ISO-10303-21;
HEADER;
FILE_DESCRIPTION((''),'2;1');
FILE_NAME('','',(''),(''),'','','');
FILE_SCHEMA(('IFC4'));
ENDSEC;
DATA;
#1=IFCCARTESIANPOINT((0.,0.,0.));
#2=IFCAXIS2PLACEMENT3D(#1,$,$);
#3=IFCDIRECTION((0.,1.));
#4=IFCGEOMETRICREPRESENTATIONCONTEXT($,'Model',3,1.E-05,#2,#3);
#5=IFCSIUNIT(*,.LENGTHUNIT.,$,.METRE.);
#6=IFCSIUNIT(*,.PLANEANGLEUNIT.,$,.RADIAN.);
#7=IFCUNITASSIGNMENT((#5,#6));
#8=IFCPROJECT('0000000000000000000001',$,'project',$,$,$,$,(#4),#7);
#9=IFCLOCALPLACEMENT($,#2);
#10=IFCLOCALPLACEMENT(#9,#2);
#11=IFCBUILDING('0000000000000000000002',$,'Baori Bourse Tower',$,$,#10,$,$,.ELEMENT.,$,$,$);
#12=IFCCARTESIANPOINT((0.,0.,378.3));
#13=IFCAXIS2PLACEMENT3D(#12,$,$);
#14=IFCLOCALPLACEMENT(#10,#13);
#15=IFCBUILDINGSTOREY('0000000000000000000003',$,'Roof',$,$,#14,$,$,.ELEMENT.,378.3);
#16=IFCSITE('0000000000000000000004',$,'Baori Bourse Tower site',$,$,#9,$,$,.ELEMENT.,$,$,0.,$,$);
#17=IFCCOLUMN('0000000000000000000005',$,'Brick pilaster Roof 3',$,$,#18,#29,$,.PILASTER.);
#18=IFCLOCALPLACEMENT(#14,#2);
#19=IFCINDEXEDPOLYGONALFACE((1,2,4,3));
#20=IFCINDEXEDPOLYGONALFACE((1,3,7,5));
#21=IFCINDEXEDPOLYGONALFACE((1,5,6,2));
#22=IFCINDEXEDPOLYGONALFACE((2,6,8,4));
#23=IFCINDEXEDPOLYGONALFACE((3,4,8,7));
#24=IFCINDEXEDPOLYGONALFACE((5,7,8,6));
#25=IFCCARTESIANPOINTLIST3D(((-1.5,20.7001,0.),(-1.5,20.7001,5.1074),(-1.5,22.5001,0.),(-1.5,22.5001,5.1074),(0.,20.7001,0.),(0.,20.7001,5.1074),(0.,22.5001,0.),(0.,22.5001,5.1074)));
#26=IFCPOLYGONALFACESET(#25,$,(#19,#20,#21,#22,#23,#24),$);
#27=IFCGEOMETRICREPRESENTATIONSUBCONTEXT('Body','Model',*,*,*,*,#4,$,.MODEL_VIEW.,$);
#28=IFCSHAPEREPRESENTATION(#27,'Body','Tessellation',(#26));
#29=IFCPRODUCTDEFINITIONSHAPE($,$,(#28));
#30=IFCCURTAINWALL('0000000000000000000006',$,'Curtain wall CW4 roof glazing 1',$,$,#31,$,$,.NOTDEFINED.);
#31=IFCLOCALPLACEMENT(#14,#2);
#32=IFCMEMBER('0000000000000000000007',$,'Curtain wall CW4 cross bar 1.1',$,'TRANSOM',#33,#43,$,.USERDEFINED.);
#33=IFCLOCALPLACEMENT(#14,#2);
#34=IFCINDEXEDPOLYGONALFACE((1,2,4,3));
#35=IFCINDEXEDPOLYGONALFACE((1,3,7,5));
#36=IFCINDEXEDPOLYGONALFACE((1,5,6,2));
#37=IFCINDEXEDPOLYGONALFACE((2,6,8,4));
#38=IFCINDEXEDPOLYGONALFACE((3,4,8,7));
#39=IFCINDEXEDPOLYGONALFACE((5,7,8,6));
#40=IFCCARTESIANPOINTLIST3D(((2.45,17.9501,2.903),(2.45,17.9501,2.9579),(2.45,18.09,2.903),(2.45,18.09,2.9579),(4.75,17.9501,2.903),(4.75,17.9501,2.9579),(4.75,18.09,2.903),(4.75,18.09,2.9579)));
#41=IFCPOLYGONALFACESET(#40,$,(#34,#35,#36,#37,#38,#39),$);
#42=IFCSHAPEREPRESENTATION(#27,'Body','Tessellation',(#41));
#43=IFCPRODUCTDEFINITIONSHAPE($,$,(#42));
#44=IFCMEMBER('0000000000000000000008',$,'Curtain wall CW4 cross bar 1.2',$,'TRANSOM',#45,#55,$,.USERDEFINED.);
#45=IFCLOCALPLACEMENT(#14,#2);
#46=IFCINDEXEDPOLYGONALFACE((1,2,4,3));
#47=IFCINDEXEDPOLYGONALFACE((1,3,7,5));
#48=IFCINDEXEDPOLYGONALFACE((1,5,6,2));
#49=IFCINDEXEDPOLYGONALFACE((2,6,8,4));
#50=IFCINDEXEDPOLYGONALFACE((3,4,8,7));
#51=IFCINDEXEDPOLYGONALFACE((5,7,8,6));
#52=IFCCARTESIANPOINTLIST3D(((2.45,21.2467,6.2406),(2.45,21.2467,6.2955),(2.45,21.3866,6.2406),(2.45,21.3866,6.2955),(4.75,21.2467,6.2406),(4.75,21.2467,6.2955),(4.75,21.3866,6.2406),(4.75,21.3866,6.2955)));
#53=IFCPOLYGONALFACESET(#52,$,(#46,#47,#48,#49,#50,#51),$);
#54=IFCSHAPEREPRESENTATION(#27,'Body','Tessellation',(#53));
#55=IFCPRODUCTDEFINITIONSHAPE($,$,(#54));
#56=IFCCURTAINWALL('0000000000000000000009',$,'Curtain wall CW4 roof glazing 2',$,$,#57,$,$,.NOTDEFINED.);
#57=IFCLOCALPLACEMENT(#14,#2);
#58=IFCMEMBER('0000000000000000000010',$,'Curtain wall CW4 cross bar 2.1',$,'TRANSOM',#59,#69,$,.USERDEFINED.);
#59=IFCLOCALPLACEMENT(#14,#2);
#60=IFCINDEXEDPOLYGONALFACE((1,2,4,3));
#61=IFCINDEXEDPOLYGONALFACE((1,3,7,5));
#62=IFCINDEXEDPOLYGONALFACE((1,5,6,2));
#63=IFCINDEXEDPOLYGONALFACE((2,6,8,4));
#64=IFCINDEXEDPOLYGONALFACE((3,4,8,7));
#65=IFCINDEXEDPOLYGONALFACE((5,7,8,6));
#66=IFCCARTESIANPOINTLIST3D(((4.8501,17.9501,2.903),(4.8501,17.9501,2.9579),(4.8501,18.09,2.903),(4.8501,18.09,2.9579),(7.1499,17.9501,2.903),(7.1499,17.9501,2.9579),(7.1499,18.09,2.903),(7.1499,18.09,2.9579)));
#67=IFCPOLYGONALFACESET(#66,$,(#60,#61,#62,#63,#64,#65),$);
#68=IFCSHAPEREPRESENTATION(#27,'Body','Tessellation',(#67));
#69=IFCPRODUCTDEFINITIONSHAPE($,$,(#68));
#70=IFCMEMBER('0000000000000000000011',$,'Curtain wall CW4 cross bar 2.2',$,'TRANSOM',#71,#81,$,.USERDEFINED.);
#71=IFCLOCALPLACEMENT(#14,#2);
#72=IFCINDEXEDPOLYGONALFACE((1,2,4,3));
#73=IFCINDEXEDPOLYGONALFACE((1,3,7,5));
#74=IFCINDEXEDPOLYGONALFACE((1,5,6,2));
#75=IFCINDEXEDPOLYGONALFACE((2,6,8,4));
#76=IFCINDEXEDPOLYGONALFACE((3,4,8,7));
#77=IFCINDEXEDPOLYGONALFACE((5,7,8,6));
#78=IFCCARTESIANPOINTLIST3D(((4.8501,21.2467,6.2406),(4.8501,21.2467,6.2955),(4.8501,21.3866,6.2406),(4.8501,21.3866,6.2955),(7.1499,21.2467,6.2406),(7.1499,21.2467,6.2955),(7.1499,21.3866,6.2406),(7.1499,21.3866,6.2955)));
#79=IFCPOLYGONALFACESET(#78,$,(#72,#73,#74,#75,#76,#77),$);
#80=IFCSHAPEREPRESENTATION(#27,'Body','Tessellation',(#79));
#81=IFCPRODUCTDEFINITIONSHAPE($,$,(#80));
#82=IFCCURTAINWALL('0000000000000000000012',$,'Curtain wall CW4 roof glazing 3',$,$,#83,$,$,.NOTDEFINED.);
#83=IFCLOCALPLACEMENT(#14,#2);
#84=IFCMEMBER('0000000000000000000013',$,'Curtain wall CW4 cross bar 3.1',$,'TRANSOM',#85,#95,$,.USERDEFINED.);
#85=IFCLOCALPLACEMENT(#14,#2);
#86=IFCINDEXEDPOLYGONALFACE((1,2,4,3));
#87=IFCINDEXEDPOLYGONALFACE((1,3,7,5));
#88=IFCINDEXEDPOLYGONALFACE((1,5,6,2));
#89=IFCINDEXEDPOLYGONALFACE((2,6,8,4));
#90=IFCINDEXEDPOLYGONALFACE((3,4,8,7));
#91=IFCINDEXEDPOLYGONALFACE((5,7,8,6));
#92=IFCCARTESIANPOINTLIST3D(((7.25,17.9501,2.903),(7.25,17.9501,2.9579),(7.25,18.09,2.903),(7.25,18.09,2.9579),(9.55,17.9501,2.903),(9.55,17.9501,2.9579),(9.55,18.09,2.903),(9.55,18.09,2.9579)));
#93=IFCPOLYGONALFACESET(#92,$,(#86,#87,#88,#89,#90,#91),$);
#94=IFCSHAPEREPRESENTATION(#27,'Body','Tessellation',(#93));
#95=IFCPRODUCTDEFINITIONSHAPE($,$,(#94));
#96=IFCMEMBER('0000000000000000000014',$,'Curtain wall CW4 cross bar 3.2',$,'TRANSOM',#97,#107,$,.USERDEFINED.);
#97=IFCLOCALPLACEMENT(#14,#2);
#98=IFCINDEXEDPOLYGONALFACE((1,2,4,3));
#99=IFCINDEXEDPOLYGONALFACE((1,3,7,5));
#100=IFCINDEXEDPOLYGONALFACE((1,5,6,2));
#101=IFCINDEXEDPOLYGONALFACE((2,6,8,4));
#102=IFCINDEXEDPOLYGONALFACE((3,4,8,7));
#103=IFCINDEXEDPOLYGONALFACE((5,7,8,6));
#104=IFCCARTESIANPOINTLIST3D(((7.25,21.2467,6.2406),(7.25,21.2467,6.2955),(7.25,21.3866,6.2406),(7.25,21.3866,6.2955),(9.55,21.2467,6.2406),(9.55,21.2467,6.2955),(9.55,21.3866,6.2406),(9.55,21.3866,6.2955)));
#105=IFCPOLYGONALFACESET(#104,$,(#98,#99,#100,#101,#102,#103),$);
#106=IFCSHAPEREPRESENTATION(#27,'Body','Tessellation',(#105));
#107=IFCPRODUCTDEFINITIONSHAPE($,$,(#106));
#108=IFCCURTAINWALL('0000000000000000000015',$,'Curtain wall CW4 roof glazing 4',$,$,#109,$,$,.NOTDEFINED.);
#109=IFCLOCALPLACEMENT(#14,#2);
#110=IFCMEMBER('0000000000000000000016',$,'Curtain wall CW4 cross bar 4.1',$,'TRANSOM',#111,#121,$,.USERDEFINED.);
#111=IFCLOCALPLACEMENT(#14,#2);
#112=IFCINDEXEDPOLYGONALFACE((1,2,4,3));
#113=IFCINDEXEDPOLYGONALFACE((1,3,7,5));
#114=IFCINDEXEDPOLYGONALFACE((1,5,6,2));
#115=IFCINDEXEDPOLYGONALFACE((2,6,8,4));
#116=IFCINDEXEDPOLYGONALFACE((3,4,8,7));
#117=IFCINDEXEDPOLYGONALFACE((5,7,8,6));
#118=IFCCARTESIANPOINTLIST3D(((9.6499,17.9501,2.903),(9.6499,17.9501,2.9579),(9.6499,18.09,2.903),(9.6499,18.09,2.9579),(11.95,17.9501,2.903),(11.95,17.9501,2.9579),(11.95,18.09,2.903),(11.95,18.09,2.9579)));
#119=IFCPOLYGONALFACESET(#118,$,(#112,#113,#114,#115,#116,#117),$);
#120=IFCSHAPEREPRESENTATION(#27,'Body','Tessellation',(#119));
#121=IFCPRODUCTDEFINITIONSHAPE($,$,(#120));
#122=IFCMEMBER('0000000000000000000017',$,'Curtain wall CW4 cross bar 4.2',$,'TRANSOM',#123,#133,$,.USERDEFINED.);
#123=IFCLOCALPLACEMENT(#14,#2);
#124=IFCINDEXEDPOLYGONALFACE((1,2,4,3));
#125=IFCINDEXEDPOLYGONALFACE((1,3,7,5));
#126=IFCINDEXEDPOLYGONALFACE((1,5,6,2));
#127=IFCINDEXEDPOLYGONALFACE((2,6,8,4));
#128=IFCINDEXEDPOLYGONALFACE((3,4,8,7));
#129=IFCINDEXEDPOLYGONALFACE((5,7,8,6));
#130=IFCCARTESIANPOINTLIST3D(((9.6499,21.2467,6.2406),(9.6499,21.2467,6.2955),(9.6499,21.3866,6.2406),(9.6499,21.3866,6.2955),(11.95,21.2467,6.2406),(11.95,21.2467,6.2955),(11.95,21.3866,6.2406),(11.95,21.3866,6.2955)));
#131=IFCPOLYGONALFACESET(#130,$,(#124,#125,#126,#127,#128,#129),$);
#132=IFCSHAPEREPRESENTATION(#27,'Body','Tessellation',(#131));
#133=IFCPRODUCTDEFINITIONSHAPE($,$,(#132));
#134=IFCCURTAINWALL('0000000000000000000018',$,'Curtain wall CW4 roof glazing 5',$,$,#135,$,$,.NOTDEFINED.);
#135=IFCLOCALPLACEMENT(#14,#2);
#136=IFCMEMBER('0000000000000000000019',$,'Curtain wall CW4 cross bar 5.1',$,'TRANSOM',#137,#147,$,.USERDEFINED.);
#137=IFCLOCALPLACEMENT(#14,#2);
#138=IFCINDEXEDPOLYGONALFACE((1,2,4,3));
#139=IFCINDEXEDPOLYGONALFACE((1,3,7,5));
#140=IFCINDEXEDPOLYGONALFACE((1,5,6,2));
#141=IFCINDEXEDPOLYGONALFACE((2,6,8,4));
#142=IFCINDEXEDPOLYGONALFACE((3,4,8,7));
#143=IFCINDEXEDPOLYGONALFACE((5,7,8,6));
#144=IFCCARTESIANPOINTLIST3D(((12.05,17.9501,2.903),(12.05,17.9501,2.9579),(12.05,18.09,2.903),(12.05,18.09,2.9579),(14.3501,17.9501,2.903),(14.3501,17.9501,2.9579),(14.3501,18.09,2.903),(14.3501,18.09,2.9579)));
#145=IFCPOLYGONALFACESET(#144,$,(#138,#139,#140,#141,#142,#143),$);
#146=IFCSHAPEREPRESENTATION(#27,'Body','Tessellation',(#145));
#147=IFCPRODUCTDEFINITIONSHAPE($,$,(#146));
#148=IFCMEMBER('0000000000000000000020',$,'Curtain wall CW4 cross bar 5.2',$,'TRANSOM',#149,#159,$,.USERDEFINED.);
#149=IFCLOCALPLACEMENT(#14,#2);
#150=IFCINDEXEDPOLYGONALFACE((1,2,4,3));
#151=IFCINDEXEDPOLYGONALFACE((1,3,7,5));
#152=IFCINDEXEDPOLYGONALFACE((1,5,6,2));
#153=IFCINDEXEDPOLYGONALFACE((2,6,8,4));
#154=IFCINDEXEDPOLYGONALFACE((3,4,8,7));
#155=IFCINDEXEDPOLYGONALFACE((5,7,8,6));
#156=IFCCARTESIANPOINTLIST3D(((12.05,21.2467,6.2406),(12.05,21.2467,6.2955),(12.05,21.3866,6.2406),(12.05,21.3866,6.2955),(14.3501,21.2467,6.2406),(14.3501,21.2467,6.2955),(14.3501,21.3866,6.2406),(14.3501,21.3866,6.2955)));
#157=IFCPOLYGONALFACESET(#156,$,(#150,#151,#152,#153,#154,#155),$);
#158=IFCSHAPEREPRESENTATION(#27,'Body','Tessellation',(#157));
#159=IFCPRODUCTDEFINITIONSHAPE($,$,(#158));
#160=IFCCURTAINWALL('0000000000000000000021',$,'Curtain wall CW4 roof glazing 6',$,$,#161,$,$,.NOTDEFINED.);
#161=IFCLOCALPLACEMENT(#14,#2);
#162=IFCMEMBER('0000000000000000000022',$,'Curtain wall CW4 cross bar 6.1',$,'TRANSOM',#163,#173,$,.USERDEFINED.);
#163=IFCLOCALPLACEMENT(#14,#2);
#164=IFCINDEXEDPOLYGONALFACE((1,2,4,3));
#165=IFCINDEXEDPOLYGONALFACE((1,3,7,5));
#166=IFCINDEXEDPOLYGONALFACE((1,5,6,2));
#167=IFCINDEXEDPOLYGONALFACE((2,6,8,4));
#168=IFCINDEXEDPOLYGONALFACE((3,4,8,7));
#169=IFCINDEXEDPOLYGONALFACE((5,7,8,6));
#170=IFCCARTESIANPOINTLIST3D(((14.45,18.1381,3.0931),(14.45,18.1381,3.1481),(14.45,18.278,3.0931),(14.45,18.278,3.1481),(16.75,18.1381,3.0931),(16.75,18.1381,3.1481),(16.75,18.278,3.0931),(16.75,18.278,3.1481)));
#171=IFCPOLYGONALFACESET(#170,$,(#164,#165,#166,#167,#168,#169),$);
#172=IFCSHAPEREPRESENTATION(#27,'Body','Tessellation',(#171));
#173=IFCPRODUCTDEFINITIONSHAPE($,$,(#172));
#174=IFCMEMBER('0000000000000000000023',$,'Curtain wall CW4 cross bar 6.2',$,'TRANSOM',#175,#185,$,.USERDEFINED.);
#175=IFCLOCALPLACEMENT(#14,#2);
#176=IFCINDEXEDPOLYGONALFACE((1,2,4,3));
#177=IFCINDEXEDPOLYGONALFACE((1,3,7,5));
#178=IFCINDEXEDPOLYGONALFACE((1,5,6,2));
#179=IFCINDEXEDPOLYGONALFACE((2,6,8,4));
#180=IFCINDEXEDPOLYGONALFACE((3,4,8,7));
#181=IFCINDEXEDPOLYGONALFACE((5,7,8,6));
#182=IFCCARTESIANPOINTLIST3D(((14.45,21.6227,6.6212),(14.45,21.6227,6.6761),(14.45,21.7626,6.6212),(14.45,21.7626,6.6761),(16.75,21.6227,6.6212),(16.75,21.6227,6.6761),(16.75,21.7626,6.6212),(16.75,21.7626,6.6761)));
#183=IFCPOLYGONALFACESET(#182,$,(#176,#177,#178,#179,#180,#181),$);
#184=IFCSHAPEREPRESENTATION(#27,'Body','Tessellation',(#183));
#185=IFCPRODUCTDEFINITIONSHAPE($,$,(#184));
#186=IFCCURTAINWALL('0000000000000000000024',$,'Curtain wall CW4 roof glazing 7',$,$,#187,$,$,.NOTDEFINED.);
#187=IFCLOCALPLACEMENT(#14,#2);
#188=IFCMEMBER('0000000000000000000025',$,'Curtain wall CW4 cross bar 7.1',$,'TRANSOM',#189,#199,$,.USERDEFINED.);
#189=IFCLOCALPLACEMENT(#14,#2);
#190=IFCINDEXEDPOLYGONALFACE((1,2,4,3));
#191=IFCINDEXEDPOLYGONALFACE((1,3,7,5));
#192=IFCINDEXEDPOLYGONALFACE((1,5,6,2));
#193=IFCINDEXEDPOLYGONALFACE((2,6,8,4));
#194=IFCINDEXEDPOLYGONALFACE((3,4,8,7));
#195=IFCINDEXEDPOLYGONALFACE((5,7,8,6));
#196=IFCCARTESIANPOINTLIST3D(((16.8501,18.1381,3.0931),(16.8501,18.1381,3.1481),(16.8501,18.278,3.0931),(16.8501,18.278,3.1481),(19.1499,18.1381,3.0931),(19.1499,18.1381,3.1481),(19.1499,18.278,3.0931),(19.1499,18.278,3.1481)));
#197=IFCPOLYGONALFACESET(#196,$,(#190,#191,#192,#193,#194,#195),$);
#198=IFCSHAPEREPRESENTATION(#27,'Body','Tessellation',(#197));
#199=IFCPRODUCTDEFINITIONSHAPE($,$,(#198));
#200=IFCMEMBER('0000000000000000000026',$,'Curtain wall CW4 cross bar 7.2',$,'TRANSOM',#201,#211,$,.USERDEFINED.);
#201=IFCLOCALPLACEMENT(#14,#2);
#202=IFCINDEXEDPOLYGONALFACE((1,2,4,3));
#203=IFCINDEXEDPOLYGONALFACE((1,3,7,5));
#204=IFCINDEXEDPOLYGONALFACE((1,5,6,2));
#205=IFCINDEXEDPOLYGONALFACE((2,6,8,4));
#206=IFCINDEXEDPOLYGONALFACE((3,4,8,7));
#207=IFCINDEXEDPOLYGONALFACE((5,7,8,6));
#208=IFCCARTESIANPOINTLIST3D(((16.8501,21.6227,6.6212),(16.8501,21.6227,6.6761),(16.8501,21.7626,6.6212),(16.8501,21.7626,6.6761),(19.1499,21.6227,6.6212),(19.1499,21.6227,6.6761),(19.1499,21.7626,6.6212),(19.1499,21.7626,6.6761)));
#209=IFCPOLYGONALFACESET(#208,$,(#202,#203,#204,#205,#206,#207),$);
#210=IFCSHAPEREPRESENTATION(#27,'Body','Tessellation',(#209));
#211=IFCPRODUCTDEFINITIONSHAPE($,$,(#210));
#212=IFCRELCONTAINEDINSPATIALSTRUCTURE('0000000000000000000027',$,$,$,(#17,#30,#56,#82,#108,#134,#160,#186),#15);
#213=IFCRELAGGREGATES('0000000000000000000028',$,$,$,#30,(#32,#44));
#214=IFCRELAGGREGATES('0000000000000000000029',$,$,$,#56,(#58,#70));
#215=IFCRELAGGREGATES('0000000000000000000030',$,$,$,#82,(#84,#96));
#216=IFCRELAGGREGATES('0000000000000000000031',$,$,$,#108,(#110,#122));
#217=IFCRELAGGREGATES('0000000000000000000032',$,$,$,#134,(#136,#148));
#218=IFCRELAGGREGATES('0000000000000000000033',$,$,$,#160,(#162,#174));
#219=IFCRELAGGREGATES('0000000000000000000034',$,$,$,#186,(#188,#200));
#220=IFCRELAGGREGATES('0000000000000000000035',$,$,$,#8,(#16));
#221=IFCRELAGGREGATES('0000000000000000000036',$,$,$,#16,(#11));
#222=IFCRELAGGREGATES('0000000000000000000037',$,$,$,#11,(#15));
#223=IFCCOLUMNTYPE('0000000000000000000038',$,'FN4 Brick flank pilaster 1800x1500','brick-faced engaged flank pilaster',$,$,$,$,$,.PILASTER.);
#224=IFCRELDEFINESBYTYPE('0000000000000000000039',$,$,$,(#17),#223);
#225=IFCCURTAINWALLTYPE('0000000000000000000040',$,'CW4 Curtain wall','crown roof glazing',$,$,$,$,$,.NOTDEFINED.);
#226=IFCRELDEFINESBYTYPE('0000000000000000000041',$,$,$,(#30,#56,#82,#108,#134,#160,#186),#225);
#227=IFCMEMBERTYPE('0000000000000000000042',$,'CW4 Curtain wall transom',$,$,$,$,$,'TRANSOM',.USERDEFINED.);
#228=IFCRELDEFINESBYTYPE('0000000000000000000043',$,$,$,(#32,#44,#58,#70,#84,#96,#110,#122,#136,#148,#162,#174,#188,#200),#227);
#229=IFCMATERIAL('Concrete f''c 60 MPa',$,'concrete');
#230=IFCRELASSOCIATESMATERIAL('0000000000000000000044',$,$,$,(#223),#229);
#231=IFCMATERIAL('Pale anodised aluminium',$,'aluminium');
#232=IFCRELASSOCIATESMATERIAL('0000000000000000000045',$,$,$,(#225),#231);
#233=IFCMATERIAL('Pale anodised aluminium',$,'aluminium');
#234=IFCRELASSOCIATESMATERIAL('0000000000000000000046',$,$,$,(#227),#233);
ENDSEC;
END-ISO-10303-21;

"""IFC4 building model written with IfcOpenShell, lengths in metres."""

from ifc_helpers import new_model, si_unit, direction, frame, origin, origin_2d, place, context, subcontext, project, spatial, rectangle, extrude, material, material_profile, profile_set, type_object, element, aggregate, save


model = new_model("IFC4")

# Units and contexts
model_context = context("Model", 3, precision=1e-05, world=origin(), true_north=direction((0.0, 1.0)))
body_context = subcontext(model_context, "Body", "Model", "MODEL_VIEW")
ifc_project = project(units=[si_unit("LENGTHUNIT", "METRE"), si_unit("PLANEANGLEUNIT", "RADIAN")], contexts=[model_context])

# Site, building, storey
site_placement = place(None, origin())
site = spatial("IfcSite", under=ifc_project, at=site_placement, Name="Baori Bourse Tower site", CompositionType="ELEMENT", RefElevation=0.0)
building_placement = place(site_placement, origin())
building = spatial("IfcBuilding", under=site, at=building_placement, Name="Baori Bourse Tower", CompositionType="ELEMENT")
storey_placement = place(building_placement, frame((0.0, 0.0, 378.3)))
storey = spatial("IfcBuildingStorey", under=building, at=storey_placement, Name="Roof", CompositionType="ELEMENT", Elevation=378.3)

# Column
ifc_material_1 = material(Name="Concrete f'c 60 MPa", Category="concrete")
ifc_material_profile_1 = material_profile(ifc_material_1, rectangle(XDim=1.8, YDim=1.5, at=origin_2d()), Name="RC 1800x1500")
ifc_profile_set_1 = profile_set([ifc_material_profile_1], Name="Concrete f'c 60 MPa")
column_type = type_object("IfcColumnType", Name="FN4 Brick flank pilaster 1800x1500", Description="brick-faced engaged flank pilaster", PredefinedType="PILASTER", material=ifc_profile_set_1)
column_placement = place(storey_placement, frame((-0.75, 21.6001, 0.0), z_axis=(0.0, 0.0, 1.0), x_axis=(0.0, 1.0, 0.0)))
element("IfcColumn", 1, at=column_placement, inside=storey, type_object=column_type, Name="Brick pilaster Roof 3", PredefinedType="PILASTER", context=body_context, shape_type="SweptSolid", body=[
    extrude(rectangle(XDim=1.8, YDim=1.5, at=origin_2d()), origin(), (0.0, 0.0, 1.0), 5.1074),
])

# Curtain walls, members
ifc_material_2 = material(Name="Pale anodised aluminium", Category="aluminium")
curtain_wall_type = type_object("IfcCurtainWallType", Name="CW4 Curtain wall", Description="crown roof glazing", PredefinedType="NOTDEFINED", material=ifc_material_2)
curtain_wall_1_placement = place(storey_placement, origin())
curtain_wall_1 = element("IfcCurtainWall", 2, at=curtain_wall_1_placement, inside=storey, type_object=curtain_wall_type, Name="Curtain wall CW4 roof glazing 1", PredefinedType="NOTDEFINED")
ifc_material_3 = material(Name="Pale anodised aluminium", Category="aluminium")
ifc_material_profile_2 = material_profile(ifc_material_3, rectangle(XDim=0.1399, YDim=0.0549, at=origin_2d()), Name="Transom 55x140")
ifc_profile_set_2 = profile_set([ifc_material_profile_2], Name="Pale anodised aluminium")
member_type = type_object("IfcMemberType", Name="CW4 Curtain wall transom", ElementType="TRANSOM", PredefinedType="USERDEFINED", material=ifc_profile_set_2)
member_1_placement = place(storey_placement, frame((2.45, 18.02, 2.9304), z_axis=(1.0, 0.0, 0.0), x_axis=(0.0, 1.0, 0.0)))
member_1 = element("IfcMember", 3, at=member_1_placement, type_object=member_type, Name="Curtain wall CW4 cross bar 1.1", ObjectType="TRANSOM", PredefinedType="USERDEFINED", context=body_context, shape_type="SweptSolid", body=[
    extrude(rectangle(XDim=0.1399, YDim=0.0549, at=origin_2d()), origin(), (0.0, 0.0, 1.0), 2.3),
])
member_2_placement = place(storey_placement, frame((2.45, 21.3167, 6.2681), z_axis=(1.0, 0.0, 0.0), x_axis=(0.0, 1.0, 0.0)))
member_2 = element("IfcMember", 4, at=member_2_placement, type_object=member_type, Name="Curtain wall CW4 cross bar 1.2", ObjectType="TRANSOM", PredefinedType="USERDEFINED", context=body_context, shape_type="SweptSolid", body=[
    extrude(rectangle(XDim=0.1399, YDim=0.0549, at=origin_2d()), origin(), (0.0, 0.0, 1.0), 2.3),
])
curtain_wall_2_placement = place(storey_placement, origin())
curtain_wall_2 = element("IfcCurtainWall", 5, at=curtain_wall_2_placement, inside=storey, type_object=curtain_wall_type, Name="Curtain wall CW4 roof glazing 2", PredefinedType="NOTDEFINED")
member_3_placement = place(storey_placement, frame((4.8501, 18.02, 2.9304), z_axis=(1.0, 0.0, 0.0), x_axis=(0.0, 1.0, 0.0)))
member_3 = element("IfcMember", 6, at=member_3_placement, type_object=member_type, Name="Curtain wall CW4 cross bar 2.1", ObjectType="TRANSOM", PredefinedType="USERDEFINED", context=body_context, shape_type="SweptSolid", body=[
    extrude(rectangle(XDim=0.1399, YDim=0.0549, at=origin_2d()), origin(), (0.0, 0.0, 1.0), 2.2998),
])
member_4_placement = place(storey_placement, frame((4.8501, 21.3167, 6.2681), z_axis=(1.0, 0.0, 0.0), x_axis=(0.0, 1.0, 0.0)))
member_4 = element("IfcMember", 7, at=member_4_placement, type_object=member_type, Name="Curtain wall CW4 cross bar 2.2", ObjectType="TRANSOM", PredefinedType="USERDEFINED", context=body_context, shape_type="SweptSolid", body=[
    extrude(rectangle(XDim=0.1399, YDim=0.0549, at=origin_2d()), origin(), (0.0, 0.0, 1.0), 2.2998),
])
curtain_wall_3_placement = place(storey_placement, origin())
curtain_wall_3 = element("IfcCurtainWall", 8, at=curtain_wall_3_placement, inside=storey, type_object=curtain_wall_type, Name="Curtain wall CW4 roof glazing 3", PredefinedType="NOTDEFINED")
member_5_placement = place(storey_placement, frame((7.25, 18.02, 2.9304), z_axis=(1.0, 0.0, 0.0), x_axis=(0.0, 1.0, 0.0)))
member_5 = element("IfcMember", 9, at=member_5_placement, type_object=member_type, Name="Curtain wall CW4 cross bar 3.1", ObjectType="TRANSOM", PredefinedType="USERDEFINED", context=body_context, shape_type="SweptSolid", body=[
    extrude(rectangle(XDim=0.1399, YDim=0.0549, at=origin_2d()), origin(), (0.0, 0.0, 1.0), 2.3),
])
member_6_placement = place(storey_placement, frame((7.25, 21.3167, 6.2681), z_axis=(1.0, 0.0, 0.0), x_axis=(0.0, 1.0, 0.0)))
member_6 = element("IfcMember", 10, at=member_6_placement, type_object=member_type, Name="Curtain wall CW4 cross bar 3.2", ObjectType="TRANSOM", PredefinedType="USERDEFINED", context=body_context, shape_type="SweptSolid", body=[
    extrude(rectangle(XDim=0.1399, YDim=0.0549, at=origin_2d()), origin(), (0.0, 0.0, 1.0), 2.3),
])
curtain_wall_4_placement = place(storey_placement, origin())
curtain_wall_4 = element("IfcCurtainWall", 11, at=curtain_wall_4_placement, inside=storey, type_object=curtain_wall_type, Name="Curtain wall CW4 roof glazing 4", PredefinedType="NOTDEFINED")
member_7_placement = place(storey_placement, frame((9.6499, 18.02, 2.9304), z_axis=(1.0, 0.0, 0.0), x_axis=(0.0, 1.0, 0.0)))
member_7 = element("IfcMember", 12, at=member_7_placement, type_object=member_type, Name="Curtain wall CW4 cross bar 4.1", ObjectType="TRANSOM", PredefinedType="USERDEFINED", context=body_context, shape_type="SweptSolid", body=[
    extrude(rectangle(XDim=0.1399, YDim=0.0549, at=origin_2d()), origin(), (0.0, 0.0, 1.0), 2.3),
])
member_8_placement = place(storey_placement, frame((9.6499, 21.3167, 6.2681), z_axis=(1.0, 0.0, 0.0), x_axis=(0.0, 1.0, 0.0)))
member_8 = element("IfcMember", 13, at=member_8_placement, type_object=member_type, Name="Curtain wall CW4 cross bar 4.2", ObjectType="TRANSOM", PredefinedType="USERDEFINED", context=body_context, shape_type="SweptSolid", body=[
    extrude(rectangle(XDim=0.1399, YDim=0.0549, at=origin_2d()), origin(), (0.0, 0.0, 1.0), 2.3),
])
curtain_wall_5_placement = place(storey_placement, origin())
curtain_wall_5 = element("IfcCurtainWall", 14, at=curtain_wall_5_placement, inside=storey, type_object=curtain_wall_type, Name="Curtain wall CW4 roof glazing 5", PredefinedType="NOTDEFINED")
member_9_placement = place(storey_placement, frame((12.05, 18.02, 2.9304), z_axis=(1.0, 0.0, 0.0), x_axis=(0.0, 1.0, 0.0)))
member_9 = element("IfcMember", 15, at=member_9_placement, type_object=member_type, Name="Curtain wall CW4 cross bar 5.1", ObjectType="TRANSOM", PredefinedType="USERDEFINED", context=body_context, shape_type="SweptSolid", body=[
    extrude(rectangle(XDim=0.1399, YDim=0.0549, at=origin_2d()), origin(), (0.0, 0.0, 1.0), 2.3),
])
member_10_placement = place(storey_placement, frame((12.05, 21.3167, 6.2681), z_axis=(1.0, 0.0, 0.0), x_axis=(0.0, 1.0, 0.0)))
member_10 = element("IfcMember", 16, at=member_10_placement, type_object=member_type, Name="Curtain wall CW4 cross bar 5.2", ObjectType="TRANSOM", PredefinedType="USERDEFINED", context=body_context, shape_type="SweptSolid", body=[
    extrude(rectangle(XDim=0.1399, YDim=0.0549, at=origin_2d()), origin(), (0.0, 0.0, 1.0), 2.3),
])
curtain_wall_6_placement = place(storey_placement, origin())
curtain_wall_6 = element("IfcCurtainWall", 17, at=curtain_wall_6_placement, inside=storey, type_object=curtain_wall_type, Name="Curtain wall CW4 roof glazing 6", PredefinedType="NOTDEFINED")
member_11_placement = place(storey_placement, frame((14.45, 18.208, 3.1206), z_axis=(1.0, 0.0, 0.0), x_axis=(0.0, 1.0, 0.0)))
member_11 = element("IfcMember", 18, at=member_11_placement, type_object=member_type, Name="Curtain wall CW4 cross bar 6.1", ObjectType="TRANSOM", PredefinedType="USERDEFINED", context=body_context, shape_type="SweptSolid", body=[
    extrude(rectangle(XDim=0.1399, YDim=0.0549, at=origin_2d()), origin(), (0.0, 0.0, 1.0), 2.3),
])
member_12_placement = place(storey_placement, frame((14.45, 21.6926, 6.6487), z_axis=(1.0, 0.0, 0.0), x_axis=(0.0, 1.0, 0.0)))
member_12 = element("IfcMember", 19, at=member_12_placement, type_object=member_type, Name="Curtain wall CW4 cross bar 6.2", ObjectType="TRANSOM", PredefinedType="USERDEFINED", context=body_context, shape_type="SweptSolid", body=[
    extrude(rectangle(XDim=0.1399, YDim=0.0549, at=origin_2d()), origin(), (0.0, 0.0, 1.0), 2.3),
])
curtain_wall_7_placement = place(storey_placement, origin())
curtain_wall_7 = element("IfcCurtainWall", 20, at=curtain_wall_7_placement, inside=storey, type_object=curtain_wall_type, Name="Curtain wall CW4 roof glazing 7", PredefinedType="NOTDEFINED")
member_13_placement = place(storey_placement, frame((16.8501, 18.208, 3.1206), z_axis=(1.0, 0.0, 0.0), x_axis=(0.0, 1.0, 0.0)))
member_13 = element("IfcMember", 21, at=member_13_placement, type_object=member_type, Name="Curtain wall CW4 cross bar 7.1", ObjectType="TRANSOM", PredefinedType="USERDEFINED", context=body_context, shape_type="SweptSolid", body=[
    extrude(rectangle(XDim=0.1399, YDim=0.0549, at=origin_2d()), origin(), (0.0, 0.0, 1.0), 2.2998),
])
member_14_placement = place(storey_placement, frame((16.8501, 21.6926, 6.6487), z_axis=(1.0, 0.0, 0.0), x_axis=(0.0, 1.0, 0.0)))
member_14 = element("IfcMember", 22, at=member_14_placement, type_object=member_type, Name="Curtain wall CW4 cross bar 7.2", ObjectType="TRANSOM", PredefinedType="USERDEFINED", context=body_context, shape_type="SweptSolid", body=[
    extrude(rectangle(XDim=0.1399, YDim=0.0549, at=origin_2d()), origin(), (0.0, 0.0, 1.0), 2.2998),
])

aggregate(curtain_wall_1, [member_1, member_2])
aggregate(curtain_wall_2, [member_3, member_4])
aggregate(curtain_wall_3, [member_5, member_6])
aggregate(curtain_wall_4, [member_7, member_8])
aggregate(curtain_wall_5, [member_9, member_10])
aggregate(curtain_wall_6, [member_11, member_12])
aggregate(curtain_wall_7, [member_13, member_14])

save(model, "model.ifc")
